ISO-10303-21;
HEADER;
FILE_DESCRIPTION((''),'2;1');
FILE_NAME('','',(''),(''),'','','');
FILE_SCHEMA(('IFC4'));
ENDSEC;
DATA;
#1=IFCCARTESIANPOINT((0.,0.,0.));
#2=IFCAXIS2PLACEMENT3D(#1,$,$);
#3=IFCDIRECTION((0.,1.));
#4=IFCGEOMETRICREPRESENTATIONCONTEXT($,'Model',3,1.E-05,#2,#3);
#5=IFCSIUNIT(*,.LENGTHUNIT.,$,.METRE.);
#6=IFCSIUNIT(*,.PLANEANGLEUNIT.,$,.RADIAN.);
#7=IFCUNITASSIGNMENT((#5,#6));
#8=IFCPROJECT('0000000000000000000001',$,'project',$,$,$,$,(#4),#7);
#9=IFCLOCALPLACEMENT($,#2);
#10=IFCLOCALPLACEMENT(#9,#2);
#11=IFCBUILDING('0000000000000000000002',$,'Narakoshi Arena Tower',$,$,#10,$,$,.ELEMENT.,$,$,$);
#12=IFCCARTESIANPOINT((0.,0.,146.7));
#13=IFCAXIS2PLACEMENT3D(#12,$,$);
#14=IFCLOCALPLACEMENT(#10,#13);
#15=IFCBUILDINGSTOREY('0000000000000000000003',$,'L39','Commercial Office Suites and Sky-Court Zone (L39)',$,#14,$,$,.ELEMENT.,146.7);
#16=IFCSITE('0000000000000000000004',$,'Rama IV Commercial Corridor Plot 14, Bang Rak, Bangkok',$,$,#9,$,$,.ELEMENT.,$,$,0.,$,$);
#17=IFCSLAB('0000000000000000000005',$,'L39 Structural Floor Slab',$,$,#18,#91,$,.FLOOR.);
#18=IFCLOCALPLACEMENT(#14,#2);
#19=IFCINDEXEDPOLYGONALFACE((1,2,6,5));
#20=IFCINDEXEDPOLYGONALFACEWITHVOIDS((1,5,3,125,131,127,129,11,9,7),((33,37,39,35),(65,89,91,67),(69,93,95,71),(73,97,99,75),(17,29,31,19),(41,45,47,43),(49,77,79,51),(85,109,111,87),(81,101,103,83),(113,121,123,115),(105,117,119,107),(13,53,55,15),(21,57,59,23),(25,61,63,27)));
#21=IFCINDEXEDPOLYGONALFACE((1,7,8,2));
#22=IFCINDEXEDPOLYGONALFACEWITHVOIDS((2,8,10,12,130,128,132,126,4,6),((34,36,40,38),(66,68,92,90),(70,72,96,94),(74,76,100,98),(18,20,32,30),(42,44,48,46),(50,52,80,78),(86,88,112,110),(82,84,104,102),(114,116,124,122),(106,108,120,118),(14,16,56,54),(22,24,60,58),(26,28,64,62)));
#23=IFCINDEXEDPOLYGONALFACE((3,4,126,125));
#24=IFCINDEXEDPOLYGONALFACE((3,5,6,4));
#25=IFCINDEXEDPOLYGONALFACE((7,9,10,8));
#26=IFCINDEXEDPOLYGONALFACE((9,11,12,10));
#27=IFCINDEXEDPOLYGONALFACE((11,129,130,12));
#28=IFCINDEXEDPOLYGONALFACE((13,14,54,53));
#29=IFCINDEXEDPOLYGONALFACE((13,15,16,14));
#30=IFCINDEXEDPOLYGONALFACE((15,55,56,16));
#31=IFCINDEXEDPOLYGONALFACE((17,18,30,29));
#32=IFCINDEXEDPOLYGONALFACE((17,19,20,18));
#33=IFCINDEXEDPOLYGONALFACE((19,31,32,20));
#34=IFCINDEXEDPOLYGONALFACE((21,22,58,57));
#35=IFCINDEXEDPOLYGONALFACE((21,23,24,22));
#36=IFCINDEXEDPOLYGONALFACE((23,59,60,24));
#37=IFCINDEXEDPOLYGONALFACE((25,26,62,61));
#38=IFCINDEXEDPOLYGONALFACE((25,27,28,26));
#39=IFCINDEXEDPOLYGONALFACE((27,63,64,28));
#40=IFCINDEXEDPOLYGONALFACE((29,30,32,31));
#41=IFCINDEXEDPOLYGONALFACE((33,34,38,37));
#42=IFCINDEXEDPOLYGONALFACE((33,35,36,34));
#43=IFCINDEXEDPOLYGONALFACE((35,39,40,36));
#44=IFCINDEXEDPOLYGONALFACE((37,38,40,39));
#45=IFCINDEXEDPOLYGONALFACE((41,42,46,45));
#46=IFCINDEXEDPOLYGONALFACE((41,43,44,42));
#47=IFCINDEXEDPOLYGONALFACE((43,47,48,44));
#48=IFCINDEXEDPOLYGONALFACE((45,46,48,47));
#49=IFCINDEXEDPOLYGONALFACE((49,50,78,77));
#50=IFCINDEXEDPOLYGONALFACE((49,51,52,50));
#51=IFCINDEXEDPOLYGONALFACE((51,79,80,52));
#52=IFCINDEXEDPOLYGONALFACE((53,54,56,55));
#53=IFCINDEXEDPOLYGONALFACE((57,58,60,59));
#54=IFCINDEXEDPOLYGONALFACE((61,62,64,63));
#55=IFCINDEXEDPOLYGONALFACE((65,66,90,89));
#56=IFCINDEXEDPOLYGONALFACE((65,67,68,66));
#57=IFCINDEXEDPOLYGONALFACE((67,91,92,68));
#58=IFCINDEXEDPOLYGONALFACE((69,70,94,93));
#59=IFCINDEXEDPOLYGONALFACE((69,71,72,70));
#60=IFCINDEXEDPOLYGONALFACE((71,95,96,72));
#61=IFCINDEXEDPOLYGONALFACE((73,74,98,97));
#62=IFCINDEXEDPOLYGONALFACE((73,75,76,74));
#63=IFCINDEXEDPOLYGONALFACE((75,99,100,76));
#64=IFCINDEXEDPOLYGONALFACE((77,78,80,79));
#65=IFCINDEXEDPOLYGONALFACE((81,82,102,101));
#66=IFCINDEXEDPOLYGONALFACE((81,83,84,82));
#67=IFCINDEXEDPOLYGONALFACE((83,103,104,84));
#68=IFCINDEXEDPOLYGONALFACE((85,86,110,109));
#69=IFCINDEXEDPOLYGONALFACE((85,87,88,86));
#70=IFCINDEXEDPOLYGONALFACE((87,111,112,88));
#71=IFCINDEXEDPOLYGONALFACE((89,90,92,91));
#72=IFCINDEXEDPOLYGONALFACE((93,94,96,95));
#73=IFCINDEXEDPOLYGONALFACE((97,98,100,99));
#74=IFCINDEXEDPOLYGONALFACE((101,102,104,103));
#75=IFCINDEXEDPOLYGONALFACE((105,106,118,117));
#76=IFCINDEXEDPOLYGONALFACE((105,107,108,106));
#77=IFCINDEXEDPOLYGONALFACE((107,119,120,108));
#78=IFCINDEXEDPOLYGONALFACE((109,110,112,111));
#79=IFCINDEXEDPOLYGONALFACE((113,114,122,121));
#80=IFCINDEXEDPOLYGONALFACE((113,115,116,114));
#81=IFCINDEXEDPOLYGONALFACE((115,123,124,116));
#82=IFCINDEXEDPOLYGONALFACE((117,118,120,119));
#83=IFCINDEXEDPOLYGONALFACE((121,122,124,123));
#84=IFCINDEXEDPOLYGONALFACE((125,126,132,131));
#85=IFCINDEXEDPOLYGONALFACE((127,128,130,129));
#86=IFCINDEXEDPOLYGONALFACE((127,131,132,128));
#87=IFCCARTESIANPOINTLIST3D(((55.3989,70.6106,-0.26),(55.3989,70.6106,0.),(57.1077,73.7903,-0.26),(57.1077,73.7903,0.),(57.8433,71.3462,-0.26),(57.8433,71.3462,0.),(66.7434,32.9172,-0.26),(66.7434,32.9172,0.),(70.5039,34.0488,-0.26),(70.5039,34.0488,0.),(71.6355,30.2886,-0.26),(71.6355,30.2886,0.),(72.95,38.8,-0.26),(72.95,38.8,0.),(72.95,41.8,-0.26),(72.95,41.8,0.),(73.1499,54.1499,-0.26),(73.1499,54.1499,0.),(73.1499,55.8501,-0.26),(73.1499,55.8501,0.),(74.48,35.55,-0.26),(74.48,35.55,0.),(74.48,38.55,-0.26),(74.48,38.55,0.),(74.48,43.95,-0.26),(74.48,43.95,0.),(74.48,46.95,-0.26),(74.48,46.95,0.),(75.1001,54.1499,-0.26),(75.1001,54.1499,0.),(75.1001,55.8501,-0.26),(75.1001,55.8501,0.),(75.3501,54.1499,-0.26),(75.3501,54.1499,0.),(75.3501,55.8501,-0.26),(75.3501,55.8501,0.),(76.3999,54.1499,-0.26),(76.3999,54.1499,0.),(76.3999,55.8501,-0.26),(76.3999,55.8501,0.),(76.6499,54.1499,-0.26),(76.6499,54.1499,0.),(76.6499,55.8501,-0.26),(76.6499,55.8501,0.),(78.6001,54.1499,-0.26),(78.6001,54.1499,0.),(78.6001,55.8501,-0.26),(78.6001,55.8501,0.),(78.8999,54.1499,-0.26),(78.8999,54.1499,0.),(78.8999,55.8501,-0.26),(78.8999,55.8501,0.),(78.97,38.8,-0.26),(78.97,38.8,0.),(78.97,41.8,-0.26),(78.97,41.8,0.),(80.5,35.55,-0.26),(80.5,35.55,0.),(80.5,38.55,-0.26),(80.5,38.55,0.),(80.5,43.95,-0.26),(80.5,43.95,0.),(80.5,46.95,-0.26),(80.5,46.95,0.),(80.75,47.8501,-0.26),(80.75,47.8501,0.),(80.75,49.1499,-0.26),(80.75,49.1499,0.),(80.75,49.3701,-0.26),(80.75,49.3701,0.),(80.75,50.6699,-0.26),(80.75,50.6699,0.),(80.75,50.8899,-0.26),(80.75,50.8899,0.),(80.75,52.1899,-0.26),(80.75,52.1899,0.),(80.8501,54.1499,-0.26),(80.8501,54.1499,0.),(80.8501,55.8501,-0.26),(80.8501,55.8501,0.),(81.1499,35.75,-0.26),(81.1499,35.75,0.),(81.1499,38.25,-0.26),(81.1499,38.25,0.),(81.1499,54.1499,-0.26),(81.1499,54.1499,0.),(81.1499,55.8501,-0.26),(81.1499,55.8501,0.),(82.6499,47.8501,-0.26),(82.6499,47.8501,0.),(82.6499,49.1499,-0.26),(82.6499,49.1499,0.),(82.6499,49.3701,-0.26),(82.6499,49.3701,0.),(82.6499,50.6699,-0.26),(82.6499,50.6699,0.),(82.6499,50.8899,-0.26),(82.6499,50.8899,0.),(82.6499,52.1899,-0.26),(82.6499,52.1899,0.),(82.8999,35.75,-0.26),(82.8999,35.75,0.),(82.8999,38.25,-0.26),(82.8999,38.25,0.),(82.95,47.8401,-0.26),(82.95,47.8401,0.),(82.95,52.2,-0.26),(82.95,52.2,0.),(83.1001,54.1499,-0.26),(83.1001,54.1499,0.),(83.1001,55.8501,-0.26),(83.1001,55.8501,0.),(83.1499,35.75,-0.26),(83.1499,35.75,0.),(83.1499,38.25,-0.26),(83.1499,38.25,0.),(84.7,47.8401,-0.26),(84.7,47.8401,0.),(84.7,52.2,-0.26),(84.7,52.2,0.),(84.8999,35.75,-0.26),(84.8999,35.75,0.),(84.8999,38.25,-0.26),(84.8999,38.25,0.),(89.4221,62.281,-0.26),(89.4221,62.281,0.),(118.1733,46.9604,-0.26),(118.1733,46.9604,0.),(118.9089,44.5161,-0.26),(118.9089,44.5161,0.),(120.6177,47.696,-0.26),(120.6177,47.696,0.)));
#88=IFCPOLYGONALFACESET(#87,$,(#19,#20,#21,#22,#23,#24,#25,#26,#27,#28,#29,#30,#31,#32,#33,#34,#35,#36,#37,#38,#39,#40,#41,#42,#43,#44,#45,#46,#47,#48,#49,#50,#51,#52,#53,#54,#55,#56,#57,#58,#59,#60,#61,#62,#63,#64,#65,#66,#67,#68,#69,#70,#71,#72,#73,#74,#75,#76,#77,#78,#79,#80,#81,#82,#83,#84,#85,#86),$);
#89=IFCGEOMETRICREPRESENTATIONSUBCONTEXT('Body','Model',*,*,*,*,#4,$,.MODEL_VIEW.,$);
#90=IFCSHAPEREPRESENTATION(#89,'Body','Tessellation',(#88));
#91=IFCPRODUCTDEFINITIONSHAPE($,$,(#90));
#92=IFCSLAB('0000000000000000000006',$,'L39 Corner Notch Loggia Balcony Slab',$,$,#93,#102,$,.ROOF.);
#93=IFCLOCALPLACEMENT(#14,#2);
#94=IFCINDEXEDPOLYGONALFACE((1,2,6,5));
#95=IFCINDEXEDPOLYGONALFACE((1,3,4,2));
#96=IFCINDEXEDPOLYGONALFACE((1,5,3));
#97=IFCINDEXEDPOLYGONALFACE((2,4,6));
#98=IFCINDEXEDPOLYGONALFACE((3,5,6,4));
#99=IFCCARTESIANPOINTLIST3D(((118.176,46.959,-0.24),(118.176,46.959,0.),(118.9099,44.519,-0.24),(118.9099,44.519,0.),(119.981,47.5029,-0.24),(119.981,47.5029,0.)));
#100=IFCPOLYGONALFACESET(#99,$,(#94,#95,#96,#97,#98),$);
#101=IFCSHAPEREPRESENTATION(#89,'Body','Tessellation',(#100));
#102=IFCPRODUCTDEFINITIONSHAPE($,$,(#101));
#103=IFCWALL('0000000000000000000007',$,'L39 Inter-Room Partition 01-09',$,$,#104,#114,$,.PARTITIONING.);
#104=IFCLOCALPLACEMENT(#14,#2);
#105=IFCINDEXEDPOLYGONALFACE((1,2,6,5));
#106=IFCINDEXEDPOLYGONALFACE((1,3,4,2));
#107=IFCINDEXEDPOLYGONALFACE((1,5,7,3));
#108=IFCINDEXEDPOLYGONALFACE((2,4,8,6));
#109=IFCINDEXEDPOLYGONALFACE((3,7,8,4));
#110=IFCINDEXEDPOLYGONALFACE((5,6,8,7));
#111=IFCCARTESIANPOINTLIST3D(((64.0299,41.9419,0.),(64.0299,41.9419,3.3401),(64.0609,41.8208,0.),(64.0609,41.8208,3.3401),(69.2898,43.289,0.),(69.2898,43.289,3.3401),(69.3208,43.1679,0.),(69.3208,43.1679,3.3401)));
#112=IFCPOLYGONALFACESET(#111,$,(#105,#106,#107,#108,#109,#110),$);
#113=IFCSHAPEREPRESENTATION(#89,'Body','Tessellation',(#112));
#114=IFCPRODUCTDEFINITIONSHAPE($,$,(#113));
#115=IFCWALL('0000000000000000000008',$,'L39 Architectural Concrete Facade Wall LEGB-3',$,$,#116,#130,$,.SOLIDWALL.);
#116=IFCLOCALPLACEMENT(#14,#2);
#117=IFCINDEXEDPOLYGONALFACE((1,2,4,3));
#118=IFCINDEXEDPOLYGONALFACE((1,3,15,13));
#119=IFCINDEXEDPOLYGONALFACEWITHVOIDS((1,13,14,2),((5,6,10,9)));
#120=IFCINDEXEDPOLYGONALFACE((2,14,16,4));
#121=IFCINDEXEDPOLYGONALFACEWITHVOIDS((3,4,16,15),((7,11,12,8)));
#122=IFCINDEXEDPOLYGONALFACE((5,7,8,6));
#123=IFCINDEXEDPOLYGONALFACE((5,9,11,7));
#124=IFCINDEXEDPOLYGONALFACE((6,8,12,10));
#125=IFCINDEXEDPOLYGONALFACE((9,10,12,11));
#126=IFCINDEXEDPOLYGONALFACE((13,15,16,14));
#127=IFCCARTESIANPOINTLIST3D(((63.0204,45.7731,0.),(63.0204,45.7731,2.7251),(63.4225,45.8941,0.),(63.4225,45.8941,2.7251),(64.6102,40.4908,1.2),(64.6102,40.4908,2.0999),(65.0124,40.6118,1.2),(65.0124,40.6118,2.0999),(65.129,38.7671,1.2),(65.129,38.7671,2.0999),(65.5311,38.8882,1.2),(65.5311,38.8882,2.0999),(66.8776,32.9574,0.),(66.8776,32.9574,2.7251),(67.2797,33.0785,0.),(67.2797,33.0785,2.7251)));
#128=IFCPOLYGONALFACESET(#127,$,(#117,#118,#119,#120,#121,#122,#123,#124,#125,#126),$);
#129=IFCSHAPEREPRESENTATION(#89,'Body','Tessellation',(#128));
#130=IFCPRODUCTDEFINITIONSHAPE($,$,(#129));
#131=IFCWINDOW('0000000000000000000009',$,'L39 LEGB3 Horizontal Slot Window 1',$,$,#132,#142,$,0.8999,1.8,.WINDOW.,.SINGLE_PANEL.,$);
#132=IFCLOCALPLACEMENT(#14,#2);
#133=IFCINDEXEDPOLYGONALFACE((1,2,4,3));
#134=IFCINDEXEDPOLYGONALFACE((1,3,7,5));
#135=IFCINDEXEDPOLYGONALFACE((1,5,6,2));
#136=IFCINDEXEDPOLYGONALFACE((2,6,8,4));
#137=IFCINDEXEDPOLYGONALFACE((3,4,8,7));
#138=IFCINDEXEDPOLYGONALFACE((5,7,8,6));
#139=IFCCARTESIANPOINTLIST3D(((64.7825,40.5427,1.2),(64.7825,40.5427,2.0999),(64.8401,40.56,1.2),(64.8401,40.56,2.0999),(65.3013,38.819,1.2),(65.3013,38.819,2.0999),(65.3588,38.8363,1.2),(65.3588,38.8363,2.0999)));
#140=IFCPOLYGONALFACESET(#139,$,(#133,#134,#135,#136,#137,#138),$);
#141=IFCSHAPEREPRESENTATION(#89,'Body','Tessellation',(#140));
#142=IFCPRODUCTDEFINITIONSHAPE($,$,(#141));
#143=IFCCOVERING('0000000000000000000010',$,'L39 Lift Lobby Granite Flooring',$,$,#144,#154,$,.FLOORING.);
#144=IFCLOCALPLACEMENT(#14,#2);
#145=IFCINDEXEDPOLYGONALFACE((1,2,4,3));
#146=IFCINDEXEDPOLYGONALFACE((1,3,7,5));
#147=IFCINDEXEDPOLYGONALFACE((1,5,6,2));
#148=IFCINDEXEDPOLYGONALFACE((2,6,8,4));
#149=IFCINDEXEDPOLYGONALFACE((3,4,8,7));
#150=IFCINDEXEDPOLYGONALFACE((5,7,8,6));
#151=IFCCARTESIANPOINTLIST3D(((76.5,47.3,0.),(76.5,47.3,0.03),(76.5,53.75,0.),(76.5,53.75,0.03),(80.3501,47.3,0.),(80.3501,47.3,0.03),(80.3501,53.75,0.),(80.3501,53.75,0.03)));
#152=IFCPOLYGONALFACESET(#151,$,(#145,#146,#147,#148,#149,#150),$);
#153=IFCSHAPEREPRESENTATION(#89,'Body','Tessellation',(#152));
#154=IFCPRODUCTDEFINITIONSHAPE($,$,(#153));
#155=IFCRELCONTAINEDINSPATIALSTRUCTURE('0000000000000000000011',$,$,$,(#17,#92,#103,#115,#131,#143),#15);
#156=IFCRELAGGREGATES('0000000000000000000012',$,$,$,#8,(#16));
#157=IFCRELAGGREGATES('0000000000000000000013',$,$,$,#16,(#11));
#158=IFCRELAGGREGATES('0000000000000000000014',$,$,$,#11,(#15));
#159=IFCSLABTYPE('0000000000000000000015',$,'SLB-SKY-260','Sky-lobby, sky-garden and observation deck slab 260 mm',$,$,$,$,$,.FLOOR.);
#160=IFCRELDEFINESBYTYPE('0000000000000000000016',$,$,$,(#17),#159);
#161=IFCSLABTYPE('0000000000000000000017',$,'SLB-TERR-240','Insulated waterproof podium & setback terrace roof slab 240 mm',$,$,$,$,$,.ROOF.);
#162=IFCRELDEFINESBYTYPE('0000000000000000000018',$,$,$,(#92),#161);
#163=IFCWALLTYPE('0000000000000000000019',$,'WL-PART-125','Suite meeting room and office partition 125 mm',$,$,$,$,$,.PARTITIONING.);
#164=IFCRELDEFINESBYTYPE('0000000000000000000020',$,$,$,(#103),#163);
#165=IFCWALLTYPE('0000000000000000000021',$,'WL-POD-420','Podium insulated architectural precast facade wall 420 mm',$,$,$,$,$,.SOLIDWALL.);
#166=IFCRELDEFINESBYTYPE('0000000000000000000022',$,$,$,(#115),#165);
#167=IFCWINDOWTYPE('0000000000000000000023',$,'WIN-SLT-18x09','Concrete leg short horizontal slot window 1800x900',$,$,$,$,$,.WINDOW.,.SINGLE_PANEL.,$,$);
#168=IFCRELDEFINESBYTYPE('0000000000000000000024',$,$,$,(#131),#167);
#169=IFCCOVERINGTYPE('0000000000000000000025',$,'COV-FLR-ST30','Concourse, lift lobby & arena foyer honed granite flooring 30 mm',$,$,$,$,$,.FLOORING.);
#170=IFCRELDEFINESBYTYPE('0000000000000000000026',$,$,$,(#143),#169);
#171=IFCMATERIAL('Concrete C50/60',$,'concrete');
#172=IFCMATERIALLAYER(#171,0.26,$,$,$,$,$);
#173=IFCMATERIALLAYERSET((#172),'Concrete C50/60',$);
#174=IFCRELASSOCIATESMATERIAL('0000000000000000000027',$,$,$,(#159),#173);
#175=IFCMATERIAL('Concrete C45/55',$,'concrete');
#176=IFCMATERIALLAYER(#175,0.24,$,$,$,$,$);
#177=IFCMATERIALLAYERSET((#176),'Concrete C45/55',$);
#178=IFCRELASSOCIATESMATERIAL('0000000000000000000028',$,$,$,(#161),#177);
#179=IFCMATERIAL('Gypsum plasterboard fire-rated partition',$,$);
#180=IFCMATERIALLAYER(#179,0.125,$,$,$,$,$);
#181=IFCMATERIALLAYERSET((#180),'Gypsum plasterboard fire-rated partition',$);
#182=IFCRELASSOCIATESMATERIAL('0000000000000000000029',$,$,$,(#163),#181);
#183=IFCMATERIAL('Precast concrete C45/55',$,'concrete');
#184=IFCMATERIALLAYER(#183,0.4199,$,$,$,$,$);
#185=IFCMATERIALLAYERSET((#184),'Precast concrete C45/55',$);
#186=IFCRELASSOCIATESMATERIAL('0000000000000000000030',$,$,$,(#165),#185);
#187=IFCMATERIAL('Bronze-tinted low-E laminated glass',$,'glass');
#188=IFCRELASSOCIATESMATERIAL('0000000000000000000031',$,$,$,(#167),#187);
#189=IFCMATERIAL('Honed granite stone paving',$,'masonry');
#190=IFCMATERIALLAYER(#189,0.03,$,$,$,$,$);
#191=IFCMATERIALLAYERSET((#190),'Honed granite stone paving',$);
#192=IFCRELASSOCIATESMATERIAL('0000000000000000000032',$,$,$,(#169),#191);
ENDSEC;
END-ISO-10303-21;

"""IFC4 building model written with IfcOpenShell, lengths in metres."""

from ifc_helpers import new_model, si_unit, direction, frame, frame_2d, origin, place, context, subcontext, project, spatial, polyline, rectangle, outline, extrude, material, layer, layer_set, type_object, element, fill, save


model = new_model("IFC4")

# Units and contexts
model_context = context("Model", 3, precision=1e-05, world=origin(), true_north=direction((0.0, 1.0)))
body_context = subcontext(model_context, "Body", "Model", "MODEL_VIEW")
ifc_project = project(units=[si_unit("LENGTHUNIT", "METRE"), si_unit("PLANEANGLEUNIT", "RADIAN")], contexts=[model_context])

# Site, building, storey
site_placement = place(None, origin())
site = spatial("IfcSite", under=ifc_project, at=site_placement, Name="Rama IV Commercial Corridor Plot 14, Bang Rak, Bangkok", CompositionType="ELEMENT", RefElevation=0.0)
building_placement = place(site_placement, origin())
building = spatial("IfcBuilding", under=site, at=building_placement, Name="Narakoshi Arena Tower", CompositionType="ELEMENT")
storey_placement = place(building_placement, frame((0.0, 0.0, 146.7)))
storey = spatial("IfcBuildingStorey", under=building, at=storey_placement, Name="L39", Description="Commercial Office Suites and Sky-Court Zone (L39)", CompositionType="ELEMENT", Elevation=146.7)

# Shared definitions
ifc_material_1 = material(Name="Concrete C45/55", Category="concrete")

# Slabs
ifc_material_2 = material(Name="Concrete C50/60", Category="concrete")
ifc_layer_1 = layer(ifc_material_2, 0.26)
ifc_layer_set_1 = layer_set([ifc_layer_1], Name="Concrete C50/60")
slab_type_1 = type_object("IfcSlabType", Name="SLB-SKY-260", Description="Sky-lobby, sky-garden and observation deck slab 260 mm", PredefinedType="FLOOR", material=ifc_layer_set_1)
slab_1_placement = place(storey_placement, frame((0.0, 0.0, -0.26)))
element("IfcSlab", 1, at=slab_1_placement, inside=storey, type_object=slab_type_1, Name="L39 Structural Floor Slab", PredefinedType="FLOOR", context=body_context, shape_type="SweptSolid", body=[
    extrude(outline(polyline([(71.6355, 30.2886), (118.9089, 44.5161), (118.1733, 46.9604), (120.6177, 47.696), (89.4221, 62.281), (57.1077, 73.7903), (57.8433, 71.3462), (55.3989, 70.6106), (66.7434, 32.9172), (70.5039, 34.0488), (71.6355, 30.2886)]), holes=[polyline([(80.5, 35.55), (74.48, 35.55), (74.48, 38.55), (80.5, 38.55), (80.5, 35.55)]), polyline([(82.8999, 35.75), (81.1499, 35.75), (81.1499, 38.25), (82.8999, 38.25), (82.8999, 35.75)]), polyline([(83.1499, 35.75), (83.1499, 38.25), (84.8999, 38.25), (84.8999, 35.75), (83.1499, 35.75)]), polyline([(72.95, 38.8), (72.95, 41.8), (78.97, 41.8), (78.97, 38.8), (72.95, 38.8)]), polyline([(74.48, 43.95), (74.48, 46.95), (80.5, 46.95), (80.5, 43.95), (74.48, 43.95)]), polyline([(82.95, 47.8401), (82.95, 52.2), (84.7, 52.2), (84.7, 47.8401), (82.95, 47.8401)]), polyline([(80.75, 47.8501), (80.75, 49.1499), (82.6499, 49.1499), (82.6499, 47.8501), (80.75, 47.8501)]), polyline([(80.75, 49.3701), (80.75, 50.6699), (82.6499, 50.6699), (82.6499, 49.3701), (80.75, 49.3701)]), polyline([(80.75, 50.8899), (80.75, 52.1899), (82.6499, 52.1899), (82.6499, 50.8899), (80.75, 50.8899)]), polyline([(73.1499, 54.1499), (73.1499, 55.8501), (75.1001, 55.8501), (75.1001, 54.1499), (73.1499, 54.1499)]), polyline([(75.3501, 54.1499), (75.3501, 55.8501), (76.3999, 55.8501), (76.3999, 54.1499), (75.3501, 54.1499)]), polyline([(76.6499, 54.1499), (76.6499, 55.8501), (78.6001, 55.8501), (78.6001, 54.1499), (76.6499, 54.1499)]), polyline([(78.8999, 54.1499), (78.8999, 55.8501), (80.8501, 55.8501), (80.8501, 54.1499), (78.8999, 54.1499)]), polyline([(81.1499, 54.1499), (81.1499, 55.8501), (83.1001, 55.8501), (83.1001, 54.1499), (81.1499, 54.1499)])]), origin(), (0.0, 0.0, 1.0), 0.26),
])
ifc_layer_2 = layer(ifc_material_1, 0.24)
ifc_layer_set_2 = layer_set([ifc_layer_2], Name="Concrete C45/55")
slab_type_2 = type_object("IfcSlabType", Name="SLB-TERR-240", Description="Insulated waterproof podium & setback terrace roof slab 240 mm", PredefinedType="ROOF", material=ifc_layer_set_2)
slab_2_placement = place(storey_placement, frame((0.0, 0.0, -0.24)))
element("IfcSlab", 2, at=slab_2_placement, inside=storey, type_object=slab_type_2, Name="L39 Corner Notch Loggia Balcony Slab", PredefinedType="ROOF", context=body_context, shape_type="SweptSolid", body=[
    extrude(outline(polyline([(119.981, 47.5029), (118.176, 46.959), (118.9099, 44.519), (119.981, 47.5029)])), origin(), (0.0, 0.0, 1.0), 0.24),
])

# Wall
ifc_material_3 = material(Name="Gypsum plasterboard fire-rated partition")
ifc_layer_3 = layer(ifc_material_3, 0.125)
ifc_layer_set_3 = layer_set([ifc_layer_3], Name="Gypsum plasterboard fire-rated partition")
wall_type_1 = type_object("IfcWallType", Name="WL-PART-125", Description="Suite meeting room and office partition 125 mm", PredefinedType="PARTITIONING", material=ifc_layer_set_3)
wall_1_placement = place(storey_placement, frame((64.0454, 41.8813, 0.0), z_axis=(0.0, 0.0, 1.0), x_axis=(0.968733, 0.248107, 0.0)))
element("IfcWall", 3, at=wall_1_placement, inside=storey, type_object=wall_type_1, Name="L39 Inter-Room Partition 01-09", PredefinedType="PARTITIONING", context=body_context, shape_type="SweptSolid", body=[
    extrude(rectangle(XDim=5.4297, YDim=0.125, at=frame_2d((2.7148, 0.0))), origin(), (0.0, 0.0, 1.0), 3.3401),
])

# Wall, opening, window
ifc_material_4 = material(Name="Precast concrete C45/55", Category="concrete")
ifc_layer_4 = layer(ifc_material_4, 0.4199)
ifc_layer_set_4 = layer_set([ifc_layer_4], Name="Precast concrete C45/55")
wall_type_2 = type_object("IfcWallType", Name="WL-POD-420", Description="Podium insulated architectural precast facade wall 420 mm", PredefinedType="SOLIDWALL", material=ifc_layer_set_4)
wall_2_placement = place(storey_placement, frame((63.2214, 45.8337, 0.0), z_axis=(0.0, 0.0, 1.0), x_axis=(0.288203, -0.957569, 0.0)))
wall_2 = element("IfcWall", 4, at=wall_2_placement, inside=storey, type_object=wall_type_2, Name="L39 Architectural Concrete Facade Wall LEGB-3", PredefinedType="SOLIDWALL", context=body_context, shape_type="SweptSolid", body=[
    extrude(rectangle(XDim=13.3835, YDim=0.4199, at=frame_2d((6.6919, 0.0))), origin(), (0.0, 0.0, 1.0), 2.7251),
])
opening_placement = place(wall_2_placement, frame((5.5166, 0.0, 1.2)))
opening = element("IfcOpeningElement", 5, at=opening_placement, cuts=wall_2, PredefinedType="OPENING", context=body_context, shape_type="SweptSolid", body=[
    extrude(rectangle(XDim=1.8, YDim=0.8999, at=frame_2d((0.8999, 0.45))), frame((0.0, 0.22, 0.0), z_axis=(0.0, -1.0, 0.0), x_axis=(1.0, 0.0, 0.0)), (0.0, 0.0, 1.0), 0.4399),
])
ifc_material_5 = material(Name="Bronze-tinted low-E laminated glass", Category="glass")
window_type = type_object("IfcWindowType", Name="WIN-SLT-18x09", Description="Concrete leg short horizontal slot window 1800x900", PartitioningType="SINGLE_PANEL", PredefinedType="WINDOW", material=ifc_material_5)
window_placement = place(opening_placement, origin())
window = element("IfcWindow", 6, at=window_placement, inside=storey, type_object=window_type, Name="L39 LEGB3 Horizontal Slot Window 1", OverallHeight=0.8999, OverallWidth=1.8, PartitioningType="SINGLE_PANEL", PredefinedType="WINDOW", context=body_context, shape_type="SweptSolid", body=[
    extrude(rectangle(XDim=1.8, YDim=0.8999, at=frame_2d((0.8999, 0.45))), frame((0.0, 0.03, 0.0), z_axis=(0.0, -1.0, 0.0), x_axis=(1.0, 0.0, 0.0)), (0.0, 0.0, 1.0), 0.0601),
])
fill(opening, window)

# Covering
ifc_material_6 = material(Name="Honed granite stone paving", Category="masonry")
ifc_layer_5 = layer(ifc_material_6, 0.03)
ifc_layer_set_5 = layer_set([ifc_layer_5], Name="Honed granite stone paving")
covering_type_1 = type_object("IfcCoveringType", Name="COV-FLR-ST30", Description="Concourse, lift lobby & arena foyer honed granite flooring 30 mm", PredefinedType="FLOORING", material=ifc_layer_set_5)
covering_1_placement = place(storey_placement, origin())
element("IfcCovering", 7, at=covering_1_placement, inside=storey, type_object=covering_type_1, Name="L39 Lift Lobby Granite Flooring", PredefinedType="FLOORING", context=body_context, shape_type="SweptSolid", body=[
    extrude(outline(polyline([(76.5, 47.3), (80.3501, 47.3), (80.3501, 53.75), (76.5, 53.75), (76.5, 47.3)])), origin(), (0.0, 0.0, 1.0), 0.03),
])

save(model, "model.ifc")
